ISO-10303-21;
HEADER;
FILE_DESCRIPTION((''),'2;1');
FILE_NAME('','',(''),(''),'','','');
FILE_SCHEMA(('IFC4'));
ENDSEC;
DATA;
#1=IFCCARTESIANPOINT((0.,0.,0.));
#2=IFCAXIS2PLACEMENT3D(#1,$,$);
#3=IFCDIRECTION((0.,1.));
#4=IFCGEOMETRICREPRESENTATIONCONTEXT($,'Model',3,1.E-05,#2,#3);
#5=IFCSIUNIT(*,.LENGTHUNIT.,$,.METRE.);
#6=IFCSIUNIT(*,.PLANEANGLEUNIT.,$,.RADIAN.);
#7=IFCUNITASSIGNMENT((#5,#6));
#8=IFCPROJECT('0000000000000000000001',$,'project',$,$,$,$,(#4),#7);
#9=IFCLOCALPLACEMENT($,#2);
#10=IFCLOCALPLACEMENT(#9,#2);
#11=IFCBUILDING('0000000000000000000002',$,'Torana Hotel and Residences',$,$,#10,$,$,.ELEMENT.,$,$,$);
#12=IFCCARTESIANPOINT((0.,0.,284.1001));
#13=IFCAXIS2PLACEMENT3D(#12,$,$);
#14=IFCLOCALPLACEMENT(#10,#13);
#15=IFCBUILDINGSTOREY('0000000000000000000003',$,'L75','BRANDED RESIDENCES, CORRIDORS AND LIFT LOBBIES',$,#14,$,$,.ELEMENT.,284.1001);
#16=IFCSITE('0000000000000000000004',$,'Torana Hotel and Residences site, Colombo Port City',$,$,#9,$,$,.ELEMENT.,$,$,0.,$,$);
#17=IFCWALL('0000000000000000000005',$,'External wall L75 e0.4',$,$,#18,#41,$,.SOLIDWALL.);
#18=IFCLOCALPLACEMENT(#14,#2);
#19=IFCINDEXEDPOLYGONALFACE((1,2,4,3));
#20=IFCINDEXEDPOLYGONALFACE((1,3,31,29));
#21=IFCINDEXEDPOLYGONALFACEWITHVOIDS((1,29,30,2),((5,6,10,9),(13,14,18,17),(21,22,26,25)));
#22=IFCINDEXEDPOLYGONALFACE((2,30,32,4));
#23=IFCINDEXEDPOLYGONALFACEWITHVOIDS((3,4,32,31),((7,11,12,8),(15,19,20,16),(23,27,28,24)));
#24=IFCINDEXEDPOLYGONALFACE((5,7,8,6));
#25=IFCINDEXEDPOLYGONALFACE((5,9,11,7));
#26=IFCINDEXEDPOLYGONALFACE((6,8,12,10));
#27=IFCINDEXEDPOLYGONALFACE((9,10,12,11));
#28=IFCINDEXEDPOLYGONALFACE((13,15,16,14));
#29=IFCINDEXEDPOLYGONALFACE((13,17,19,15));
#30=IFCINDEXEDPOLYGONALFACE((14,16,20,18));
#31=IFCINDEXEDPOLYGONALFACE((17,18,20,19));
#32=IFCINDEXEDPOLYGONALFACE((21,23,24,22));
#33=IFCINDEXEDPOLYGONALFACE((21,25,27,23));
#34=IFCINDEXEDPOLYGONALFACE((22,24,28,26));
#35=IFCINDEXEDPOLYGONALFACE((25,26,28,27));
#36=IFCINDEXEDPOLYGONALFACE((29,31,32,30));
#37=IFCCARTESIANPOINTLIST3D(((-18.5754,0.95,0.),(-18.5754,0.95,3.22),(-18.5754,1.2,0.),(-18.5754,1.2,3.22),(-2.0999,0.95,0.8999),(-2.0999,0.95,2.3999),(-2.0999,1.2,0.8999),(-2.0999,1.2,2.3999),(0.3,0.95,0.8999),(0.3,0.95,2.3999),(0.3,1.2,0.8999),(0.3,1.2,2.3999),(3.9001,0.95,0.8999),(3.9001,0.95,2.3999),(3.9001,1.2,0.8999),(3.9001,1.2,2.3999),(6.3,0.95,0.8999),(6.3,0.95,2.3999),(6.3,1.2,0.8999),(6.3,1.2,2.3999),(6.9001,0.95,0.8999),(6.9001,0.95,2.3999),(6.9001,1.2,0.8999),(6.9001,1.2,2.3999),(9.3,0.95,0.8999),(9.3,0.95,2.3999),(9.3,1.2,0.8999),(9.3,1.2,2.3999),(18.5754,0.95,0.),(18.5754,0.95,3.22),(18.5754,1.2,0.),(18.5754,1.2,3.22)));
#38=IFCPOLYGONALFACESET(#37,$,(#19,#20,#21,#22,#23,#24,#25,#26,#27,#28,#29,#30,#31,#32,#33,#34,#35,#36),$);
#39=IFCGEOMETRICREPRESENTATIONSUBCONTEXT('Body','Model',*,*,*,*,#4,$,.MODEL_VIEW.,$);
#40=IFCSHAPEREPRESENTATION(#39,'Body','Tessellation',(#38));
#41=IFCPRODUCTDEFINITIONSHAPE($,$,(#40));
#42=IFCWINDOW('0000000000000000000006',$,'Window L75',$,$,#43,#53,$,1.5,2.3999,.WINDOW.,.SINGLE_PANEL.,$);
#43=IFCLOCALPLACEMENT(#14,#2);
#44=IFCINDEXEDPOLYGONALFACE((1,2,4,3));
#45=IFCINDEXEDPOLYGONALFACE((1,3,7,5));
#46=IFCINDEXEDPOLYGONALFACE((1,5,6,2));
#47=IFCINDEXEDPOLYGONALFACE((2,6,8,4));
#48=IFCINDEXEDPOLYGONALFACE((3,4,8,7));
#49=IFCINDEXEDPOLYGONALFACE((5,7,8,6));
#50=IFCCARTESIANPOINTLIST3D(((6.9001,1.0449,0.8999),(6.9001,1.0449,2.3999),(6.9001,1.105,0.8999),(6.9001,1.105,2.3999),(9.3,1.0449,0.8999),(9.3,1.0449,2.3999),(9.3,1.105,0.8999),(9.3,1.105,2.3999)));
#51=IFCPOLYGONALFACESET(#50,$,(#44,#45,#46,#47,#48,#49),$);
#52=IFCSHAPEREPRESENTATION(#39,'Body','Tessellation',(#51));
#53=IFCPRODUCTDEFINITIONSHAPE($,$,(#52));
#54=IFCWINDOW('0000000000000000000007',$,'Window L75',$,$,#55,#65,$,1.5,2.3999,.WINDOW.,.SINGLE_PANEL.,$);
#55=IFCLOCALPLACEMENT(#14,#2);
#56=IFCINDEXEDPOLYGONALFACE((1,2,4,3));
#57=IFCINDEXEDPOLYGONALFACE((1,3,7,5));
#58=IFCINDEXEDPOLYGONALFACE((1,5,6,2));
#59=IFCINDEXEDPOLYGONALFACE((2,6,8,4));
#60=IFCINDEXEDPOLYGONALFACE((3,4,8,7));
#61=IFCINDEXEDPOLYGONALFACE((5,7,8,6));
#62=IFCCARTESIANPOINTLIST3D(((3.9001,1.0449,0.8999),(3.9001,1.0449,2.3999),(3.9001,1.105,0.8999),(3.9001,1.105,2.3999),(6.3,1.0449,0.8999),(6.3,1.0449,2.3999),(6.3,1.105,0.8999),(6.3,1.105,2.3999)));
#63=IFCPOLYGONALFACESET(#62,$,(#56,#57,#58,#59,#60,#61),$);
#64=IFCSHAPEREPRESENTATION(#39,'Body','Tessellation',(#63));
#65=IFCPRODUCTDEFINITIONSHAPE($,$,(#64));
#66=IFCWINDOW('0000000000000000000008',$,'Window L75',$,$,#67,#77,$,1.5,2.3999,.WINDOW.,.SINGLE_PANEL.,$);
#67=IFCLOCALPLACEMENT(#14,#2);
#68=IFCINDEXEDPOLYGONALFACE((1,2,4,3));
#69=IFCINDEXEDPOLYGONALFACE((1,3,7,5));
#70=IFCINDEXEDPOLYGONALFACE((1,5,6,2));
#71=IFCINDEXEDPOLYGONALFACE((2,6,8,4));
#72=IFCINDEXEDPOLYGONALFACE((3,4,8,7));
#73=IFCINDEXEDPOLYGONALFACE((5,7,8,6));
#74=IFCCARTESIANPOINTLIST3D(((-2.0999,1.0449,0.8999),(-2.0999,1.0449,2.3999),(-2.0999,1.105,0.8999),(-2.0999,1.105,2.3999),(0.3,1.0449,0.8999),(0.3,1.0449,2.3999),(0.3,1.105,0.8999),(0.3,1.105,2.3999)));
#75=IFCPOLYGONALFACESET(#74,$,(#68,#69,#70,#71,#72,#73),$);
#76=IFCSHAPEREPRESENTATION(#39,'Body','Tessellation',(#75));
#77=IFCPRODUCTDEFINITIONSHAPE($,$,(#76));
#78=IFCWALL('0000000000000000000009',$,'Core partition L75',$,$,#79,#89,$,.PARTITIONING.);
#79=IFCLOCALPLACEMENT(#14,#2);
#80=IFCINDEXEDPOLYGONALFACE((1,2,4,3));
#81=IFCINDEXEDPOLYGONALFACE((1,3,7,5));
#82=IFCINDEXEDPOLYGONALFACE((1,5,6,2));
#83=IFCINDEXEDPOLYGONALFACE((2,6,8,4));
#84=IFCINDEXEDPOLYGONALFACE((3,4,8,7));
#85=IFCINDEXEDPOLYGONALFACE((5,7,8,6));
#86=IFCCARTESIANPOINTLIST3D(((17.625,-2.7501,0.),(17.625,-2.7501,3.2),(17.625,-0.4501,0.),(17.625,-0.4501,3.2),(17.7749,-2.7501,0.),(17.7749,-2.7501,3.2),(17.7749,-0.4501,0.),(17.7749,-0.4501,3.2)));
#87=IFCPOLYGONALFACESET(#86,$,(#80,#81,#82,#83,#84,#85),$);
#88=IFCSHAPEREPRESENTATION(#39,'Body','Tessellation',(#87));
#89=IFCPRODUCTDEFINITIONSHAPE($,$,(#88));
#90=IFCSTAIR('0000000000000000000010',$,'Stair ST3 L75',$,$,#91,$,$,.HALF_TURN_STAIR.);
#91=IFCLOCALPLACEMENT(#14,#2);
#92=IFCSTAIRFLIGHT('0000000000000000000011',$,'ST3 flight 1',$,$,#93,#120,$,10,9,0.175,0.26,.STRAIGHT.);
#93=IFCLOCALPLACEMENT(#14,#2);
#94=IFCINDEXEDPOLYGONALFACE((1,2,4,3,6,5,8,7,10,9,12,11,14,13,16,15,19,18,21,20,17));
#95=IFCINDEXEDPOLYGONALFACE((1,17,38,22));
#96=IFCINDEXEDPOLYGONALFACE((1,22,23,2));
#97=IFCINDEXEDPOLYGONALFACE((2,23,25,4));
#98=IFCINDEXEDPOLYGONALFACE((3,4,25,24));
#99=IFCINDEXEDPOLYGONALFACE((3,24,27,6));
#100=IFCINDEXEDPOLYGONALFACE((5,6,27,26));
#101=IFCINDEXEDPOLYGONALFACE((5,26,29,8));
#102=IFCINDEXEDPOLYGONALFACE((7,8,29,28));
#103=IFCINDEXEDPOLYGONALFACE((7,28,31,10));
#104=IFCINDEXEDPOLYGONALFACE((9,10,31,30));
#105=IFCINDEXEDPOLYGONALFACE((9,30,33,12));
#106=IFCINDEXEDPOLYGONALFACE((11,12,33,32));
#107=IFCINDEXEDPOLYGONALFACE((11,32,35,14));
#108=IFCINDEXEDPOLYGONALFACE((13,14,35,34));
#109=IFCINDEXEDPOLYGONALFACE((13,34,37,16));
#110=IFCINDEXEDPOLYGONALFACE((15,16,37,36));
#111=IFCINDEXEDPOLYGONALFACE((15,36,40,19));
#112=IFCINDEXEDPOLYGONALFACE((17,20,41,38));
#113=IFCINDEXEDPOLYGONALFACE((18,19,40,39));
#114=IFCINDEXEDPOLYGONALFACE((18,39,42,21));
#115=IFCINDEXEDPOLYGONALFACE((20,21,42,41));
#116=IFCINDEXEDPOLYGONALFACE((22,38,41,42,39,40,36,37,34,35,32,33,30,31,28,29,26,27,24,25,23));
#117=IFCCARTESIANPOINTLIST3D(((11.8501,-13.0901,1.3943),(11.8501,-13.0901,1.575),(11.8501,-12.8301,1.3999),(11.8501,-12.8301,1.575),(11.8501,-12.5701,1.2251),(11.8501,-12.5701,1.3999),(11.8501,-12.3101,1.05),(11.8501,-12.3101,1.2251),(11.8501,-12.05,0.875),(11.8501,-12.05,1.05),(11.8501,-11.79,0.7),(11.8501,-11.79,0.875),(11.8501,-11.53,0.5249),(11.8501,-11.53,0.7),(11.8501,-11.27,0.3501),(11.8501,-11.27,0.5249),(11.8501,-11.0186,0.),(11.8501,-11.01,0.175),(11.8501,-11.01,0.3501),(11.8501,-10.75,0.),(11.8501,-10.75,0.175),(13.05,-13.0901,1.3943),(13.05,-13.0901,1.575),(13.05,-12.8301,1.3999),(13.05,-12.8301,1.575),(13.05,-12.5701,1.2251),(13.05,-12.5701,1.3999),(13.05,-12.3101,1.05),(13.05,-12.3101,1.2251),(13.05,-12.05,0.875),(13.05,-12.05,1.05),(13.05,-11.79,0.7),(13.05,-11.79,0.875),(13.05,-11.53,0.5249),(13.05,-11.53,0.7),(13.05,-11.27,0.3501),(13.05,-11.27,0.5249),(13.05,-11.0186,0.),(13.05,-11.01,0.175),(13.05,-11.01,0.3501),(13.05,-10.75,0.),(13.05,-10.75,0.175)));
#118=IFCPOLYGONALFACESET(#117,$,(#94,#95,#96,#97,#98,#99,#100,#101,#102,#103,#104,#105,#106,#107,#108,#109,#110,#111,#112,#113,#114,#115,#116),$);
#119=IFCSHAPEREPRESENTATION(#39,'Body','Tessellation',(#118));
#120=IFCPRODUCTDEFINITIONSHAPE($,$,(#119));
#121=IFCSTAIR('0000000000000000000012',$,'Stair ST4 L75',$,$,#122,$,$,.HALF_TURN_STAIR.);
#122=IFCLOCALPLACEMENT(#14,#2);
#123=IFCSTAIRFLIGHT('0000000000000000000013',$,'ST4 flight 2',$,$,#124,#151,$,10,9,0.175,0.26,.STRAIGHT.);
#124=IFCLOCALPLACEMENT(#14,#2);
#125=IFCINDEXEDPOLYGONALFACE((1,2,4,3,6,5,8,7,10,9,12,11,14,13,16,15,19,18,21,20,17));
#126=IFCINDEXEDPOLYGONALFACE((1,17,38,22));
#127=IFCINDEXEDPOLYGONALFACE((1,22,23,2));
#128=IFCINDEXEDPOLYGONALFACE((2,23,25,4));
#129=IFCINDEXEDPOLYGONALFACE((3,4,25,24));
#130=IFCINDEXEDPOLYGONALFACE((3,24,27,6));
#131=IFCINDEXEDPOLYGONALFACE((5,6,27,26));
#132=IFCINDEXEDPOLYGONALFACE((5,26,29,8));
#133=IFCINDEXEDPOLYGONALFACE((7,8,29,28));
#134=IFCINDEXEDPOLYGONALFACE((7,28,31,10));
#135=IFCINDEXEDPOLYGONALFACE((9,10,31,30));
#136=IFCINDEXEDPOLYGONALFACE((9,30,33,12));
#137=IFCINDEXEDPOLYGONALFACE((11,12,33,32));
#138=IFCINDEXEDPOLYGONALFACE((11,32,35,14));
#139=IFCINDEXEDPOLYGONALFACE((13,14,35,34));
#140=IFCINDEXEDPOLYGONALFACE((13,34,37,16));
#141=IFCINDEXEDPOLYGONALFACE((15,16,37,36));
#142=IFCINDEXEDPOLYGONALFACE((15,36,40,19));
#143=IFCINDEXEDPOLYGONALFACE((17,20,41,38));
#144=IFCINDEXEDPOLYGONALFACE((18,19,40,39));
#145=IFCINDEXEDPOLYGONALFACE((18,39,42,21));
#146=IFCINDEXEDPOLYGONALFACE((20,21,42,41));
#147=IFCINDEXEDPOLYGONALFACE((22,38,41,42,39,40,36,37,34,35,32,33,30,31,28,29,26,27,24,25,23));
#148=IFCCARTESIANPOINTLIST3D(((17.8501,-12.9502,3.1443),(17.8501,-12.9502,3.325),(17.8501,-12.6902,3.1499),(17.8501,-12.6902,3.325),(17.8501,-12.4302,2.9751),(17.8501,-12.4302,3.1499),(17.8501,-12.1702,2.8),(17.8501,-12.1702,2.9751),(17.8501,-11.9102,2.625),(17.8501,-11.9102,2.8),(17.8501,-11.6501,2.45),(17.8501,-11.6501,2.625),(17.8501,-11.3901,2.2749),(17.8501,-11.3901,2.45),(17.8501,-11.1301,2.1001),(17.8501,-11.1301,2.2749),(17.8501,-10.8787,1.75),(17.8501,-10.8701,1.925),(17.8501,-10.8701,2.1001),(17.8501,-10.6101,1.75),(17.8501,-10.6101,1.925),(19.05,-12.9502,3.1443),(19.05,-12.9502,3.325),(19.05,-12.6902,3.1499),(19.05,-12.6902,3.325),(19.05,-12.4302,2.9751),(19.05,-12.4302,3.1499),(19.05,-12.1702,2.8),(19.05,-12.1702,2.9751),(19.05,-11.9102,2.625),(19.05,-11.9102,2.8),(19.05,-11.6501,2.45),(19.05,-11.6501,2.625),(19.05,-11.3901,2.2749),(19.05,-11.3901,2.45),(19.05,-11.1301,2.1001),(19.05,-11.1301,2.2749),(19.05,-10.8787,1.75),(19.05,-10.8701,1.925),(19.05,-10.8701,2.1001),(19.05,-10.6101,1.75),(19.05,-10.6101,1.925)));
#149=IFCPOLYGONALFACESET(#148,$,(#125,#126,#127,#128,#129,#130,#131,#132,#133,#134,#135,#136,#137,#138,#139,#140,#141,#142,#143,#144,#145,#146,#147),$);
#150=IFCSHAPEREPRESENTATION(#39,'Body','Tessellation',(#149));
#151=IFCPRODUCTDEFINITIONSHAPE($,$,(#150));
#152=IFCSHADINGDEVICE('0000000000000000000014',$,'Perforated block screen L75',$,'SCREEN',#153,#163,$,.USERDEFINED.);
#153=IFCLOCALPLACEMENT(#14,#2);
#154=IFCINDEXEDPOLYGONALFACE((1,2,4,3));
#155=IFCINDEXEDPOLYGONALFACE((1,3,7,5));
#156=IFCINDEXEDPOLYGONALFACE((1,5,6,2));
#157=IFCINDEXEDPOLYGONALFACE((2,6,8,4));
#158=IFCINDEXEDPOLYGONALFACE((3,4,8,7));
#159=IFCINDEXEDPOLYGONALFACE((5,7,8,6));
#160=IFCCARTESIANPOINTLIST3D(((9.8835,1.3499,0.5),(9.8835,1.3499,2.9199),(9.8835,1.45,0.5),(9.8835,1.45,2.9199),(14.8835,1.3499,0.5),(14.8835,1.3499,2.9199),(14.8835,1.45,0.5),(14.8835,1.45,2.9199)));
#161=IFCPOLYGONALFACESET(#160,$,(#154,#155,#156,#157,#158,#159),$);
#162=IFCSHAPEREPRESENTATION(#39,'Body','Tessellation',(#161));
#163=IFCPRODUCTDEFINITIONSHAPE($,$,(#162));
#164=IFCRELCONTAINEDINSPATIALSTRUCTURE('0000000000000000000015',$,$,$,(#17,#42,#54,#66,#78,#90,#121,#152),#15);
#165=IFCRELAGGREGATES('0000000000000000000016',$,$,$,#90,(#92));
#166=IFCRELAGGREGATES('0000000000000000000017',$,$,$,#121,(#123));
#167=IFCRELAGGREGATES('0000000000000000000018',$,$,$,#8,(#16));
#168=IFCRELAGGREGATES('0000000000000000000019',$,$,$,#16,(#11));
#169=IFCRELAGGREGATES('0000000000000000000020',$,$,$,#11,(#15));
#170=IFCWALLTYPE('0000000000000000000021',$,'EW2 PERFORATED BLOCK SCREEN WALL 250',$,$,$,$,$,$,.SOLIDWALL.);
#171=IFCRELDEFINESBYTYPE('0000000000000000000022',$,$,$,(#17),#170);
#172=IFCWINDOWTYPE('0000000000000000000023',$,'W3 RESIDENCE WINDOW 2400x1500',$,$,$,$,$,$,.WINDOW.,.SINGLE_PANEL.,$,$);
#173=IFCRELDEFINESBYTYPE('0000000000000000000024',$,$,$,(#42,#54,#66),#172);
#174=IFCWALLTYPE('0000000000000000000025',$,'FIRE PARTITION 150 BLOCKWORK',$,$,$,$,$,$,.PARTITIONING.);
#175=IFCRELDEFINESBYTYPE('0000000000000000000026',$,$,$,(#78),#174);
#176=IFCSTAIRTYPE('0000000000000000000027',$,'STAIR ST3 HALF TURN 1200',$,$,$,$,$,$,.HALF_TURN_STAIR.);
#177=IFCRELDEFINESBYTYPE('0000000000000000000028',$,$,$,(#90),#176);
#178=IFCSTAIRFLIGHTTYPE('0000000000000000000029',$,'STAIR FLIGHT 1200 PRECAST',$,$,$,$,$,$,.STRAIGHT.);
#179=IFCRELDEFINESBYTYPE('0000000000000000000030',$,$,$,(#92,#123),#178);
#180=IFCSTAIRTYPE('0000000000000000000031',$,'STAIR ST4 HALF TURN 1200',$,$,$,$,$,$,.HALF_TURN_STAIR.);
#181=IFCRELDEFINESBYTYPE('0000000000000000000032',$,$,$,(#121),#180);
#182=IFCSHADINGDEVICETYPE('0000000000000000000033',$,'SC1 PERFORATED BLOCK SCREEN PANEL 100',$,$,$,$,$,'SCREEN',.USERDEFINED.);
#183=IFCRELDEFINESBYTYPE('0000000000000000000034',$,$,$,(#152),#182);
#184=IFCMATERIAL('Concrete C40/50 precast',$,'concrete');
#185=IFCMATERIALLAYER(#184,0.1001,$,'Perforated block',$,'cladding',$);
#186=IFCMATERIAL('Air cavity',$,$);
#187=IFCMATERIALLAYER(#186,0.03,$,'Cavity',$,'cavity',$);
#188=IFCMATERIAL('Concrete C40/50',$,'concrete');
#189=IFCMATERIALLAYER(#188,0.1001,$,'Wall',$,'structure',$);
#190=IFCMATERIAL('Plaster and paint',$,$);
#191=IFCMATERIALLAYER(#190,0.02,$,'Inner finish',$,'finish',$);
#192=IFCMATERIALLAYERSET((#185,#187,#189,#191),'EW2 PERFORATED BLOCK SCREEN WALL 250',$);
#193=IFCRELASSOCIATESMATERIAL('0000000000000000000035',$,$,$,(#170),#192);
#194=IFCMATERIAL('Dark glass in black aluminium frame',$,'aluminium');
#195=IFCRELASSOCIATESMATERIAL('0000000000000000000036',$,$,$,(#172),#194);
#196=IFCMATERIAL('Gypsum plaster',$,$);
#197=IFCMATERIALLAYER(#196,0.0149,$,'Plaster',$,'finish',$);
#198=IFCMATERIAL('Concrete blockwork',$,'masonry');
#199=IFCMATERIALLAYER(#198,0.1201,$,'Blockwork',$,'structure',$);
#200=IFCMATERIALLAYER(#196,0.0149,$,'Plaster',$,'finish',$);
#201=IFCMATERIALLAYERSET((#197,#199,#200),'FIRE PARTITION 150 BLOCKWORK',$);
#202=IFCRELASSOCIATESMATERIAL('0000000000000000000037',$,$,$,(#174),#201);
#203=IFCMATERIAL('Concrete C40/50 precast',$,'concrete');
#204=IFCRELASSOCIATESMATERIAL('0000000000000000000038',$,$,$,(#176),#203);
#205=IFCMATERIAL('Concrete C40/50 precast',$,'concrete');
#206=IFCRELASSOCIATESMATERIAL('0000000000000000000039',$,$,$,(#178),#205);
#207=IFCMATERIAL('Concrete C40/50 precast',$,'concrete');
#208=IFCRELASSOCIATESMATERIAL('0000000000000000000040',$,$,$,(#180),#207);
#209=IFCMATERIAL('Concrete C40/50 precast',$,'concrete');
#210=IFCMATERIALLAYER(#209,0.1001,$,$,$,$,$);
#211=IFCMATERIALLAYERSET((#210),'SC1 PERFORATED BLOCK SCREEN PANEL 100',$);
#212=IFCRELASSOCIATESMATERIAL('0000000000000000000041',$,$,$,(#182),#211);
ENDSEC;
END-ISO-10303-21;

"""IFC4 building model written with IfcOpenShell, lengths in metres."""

from ifc_helpers import new_model, si_unit, direction, frame, frame_2d, origin, origin_2d, place, context, subcontext, project, spatial, polyline, rectangle, outline, extrude, material, layer, layer_set, type_object, element, fill, aggregate, save


model = new_model("IFC4")

# Units and contexts
model_context = context("Model", 3, precision=1e-05, world=origin(), true_north=direction((0.0, 1.0)))
body_context = subcontext(model_context, "Body", "Model", "MODEL_VIEW")
ifc_project = project(units=[si_unit("LENGTHUNIT", "METRE"), si_unit("PLANEANGLEUNIT", "RADIAN")], contexts=[model_context])

# Site, building, storey
site_placement = place(None, origin())
site = spatial("IfcSite", under=ifc_project, at=site_placement, Name="Torana Hotel and Residences site, Colombo Port City", CompositionType="ELEMENT", RefElevation=0.0)
building_placement = place(site_placement, origin())
building = spatial("IfcBuilding", under=site, at=building_placement, Name="Torana Hotel and Residences", CompositionType="ELEMENT")
storey_placement = place(building_placement, frame((0.0, 0.0, 284.1001)))
storey = spatial("IfcBuildingStorey", under=building, at=storey_placement, Name="L75", Description="BRANDED RESIDENCES, CORRIDORS AND LIFT LOBBIES", CompositionType="ELEMENT", Elevation=284.1001)

# Wall, openings, windows
ifc_material_1 = material(Name="Concrete C40/50 precast", Category="concrete")
ifc_layer_1 = layer(ifc_material_1, 0.1001, Name="Perforated block", Category="cladding")
ifc_material_2 = material(Name="Air cavity")
ifc_layer_2 = layer(ifc_material_2, 0.03, Name="Cavity", Category="cavity")
ifc_material_3 = material(Name="Concrete C40/50", Category="concrete")
ifc_layer_3 = layer(ifc_material_3, 0.1001, Name="Wall", Category="structure")
ifc_material_4 = material(Name="Plaster and paint")
ifc_layer_4 = layer(ifc_material_4, 0.02, Name="Inner finish", Category="finish")
ifc_layer_set_1 = layer_set([ifc_layer_1, ifc_layer_2, ifc_layer_3, ifc_layer_4], Name="EW2 PERFORATED BLOCK SCREEN WALL 250")
wall_type_1 = type_object("IfcWallType", Name="EW2 PERFORATED BLOCK SCREEN WALL 250", PredefinedType="SOLIDWALL", material=ifc_layer_set_1)
wall_1_placement = place(storey_placement, frame((18.5754, 1.075, 0.0), z_axis=(0.0, 0.0, 1.0), x_axis=(-1.0, 0.0, 0.0)))
wall_1 = element("IfcWall", 1, at=wall_1_placement, inside=storey, type_object=wall_type_1, Name="External wall L75 e0.4", PredefinedType="SOLIDWALL", context=body_context, shape_type="SweptSolid", body=[
    extrude(rectangle(XDim=37.1509, YDim=0.25, at=frame_2d((18.5754, 0.0))), origin(), (0.0, 0.0, 1.0), 3.22),
])
opening_1_placement = place(wall_1_placement, frame((9.2754, 0.0, 0.8999)))
opening_1 = element("IfcOpeningElement", 2, at=opening_1_placement, cuts=wall_1, PredefinedType="OPENING", context=body_context, shape_type="SweptSolid", body=[
    extrude(rectangle(XDim=2.3999, YDim=1.5, at=frame_2d((1.2, 0.75))), frame((0.0, 0.135, 0.0), z_axis=(0.0, -1.0, 0.0), x_axis=(1.0, 0.0, 0.0)), (0.0, 0.0, 1.0), 0.27),
])
opening_2_placement = place(wall_1_placement, frame((12.2754, 0.0, 0.8999)))
opening_2 = element("IfcOpeningElement", 3, at=opening_2_placement, cuts=wall_1, PredefinedType="OPENING", context=body_context, shape_type="SweptSolid", body=[
    extrude(rectangle(XDim=2.3999, YDim=1.5, at=frame_2d((1.2, 0.75))), frame((0.0, 0.135, 0.0), z_axis=(0.0, -1.0, 0.0), x_axis=(1.0, 0.0, 0.0)), (0.0, 0.0, 1.0), 0.27),
])
opening_3_placement = place(wall_1_placement, frame((18.2754, 0.0, 0.8999)))
opening_3 = element("IfcOpeningElement", 4, at=opening_3_placement, cuts=wall_1, PredefinedType="OPENING", context=body_context, shape_type="SweptSolid", body=[
    extrude(rectangle(XDim=2.3999, YDim=1.5, at=frame_2d((1.2, 0.75))), frame((0.0, 0.135, 0.0), z_axis=(0.0, -1.0, 0.0), x_axis=(1.0, 0.0, 0.0)), (0.0, 0.0, 1.0), 0.27),
])
ifc_material_5 = material(Name="Dark glass in black aluminium frame", Category="aluminium")
window_type = type_object("IfcWindowType", Name="W3 RESIDENCE WINDOW 2400x1500", PartitioningType="SINGLE_PANEL", PredefinedType="WINDOW", material=ifc_material_5)
window_1_placement = place(opening_1_placement, origin())
window_1 = element("IfcWindow", 5, at=window_1_placement, inside=storey, type_object=window_type, Name="Window L75", OverallHeight=1.5, OverallWidth=2.3999, PartitioningType="SINGLE_PANEL", PredefinedType="WINDOW", context=body_context, shape_type="SweptSolid", body=[
    extrude(rectangle(XDim=2.3999, YDim=1.5, at=frame_2d((1.2, 0.75))), frame((0.0, 0.03, 0.0), z_axis=(0.0, -1.0, 0.0), x_axis=(1.0, 0.0, 0.0)), (0.0, 0.0, 1.0), 0.0601),
])
fill(opening_1, window_1)
window_2_placement = place(opening_2_placement, origin())
window_2 = element("IfcWindow", 6, at=window_2_placement, inside=storey, type_object=window_type, Name="Window L75", OverallHeight=1.5, OverallWidth=2.3999, PartitioningType="SINGLE_PANEL", PredefinedType="WINDOW", context=body_context, shape_type="SweptSolid", body=[
    extrude(rectangle(XDim=2.3999, YDim=1.5, at=frame_2d((1.2, 0.75))), frame((0.0, 0.03, 0.0), z_axis=(0.0, -1.0, 0.0), x_axis=(1.0, 0.0, 0.0)), (0.0, 0.0, 1.0), 0.0601),
])
fill(opening_2, window_2)
window_3_placement = place(opening_3_placement, origin())
window_3 = element("IfcWindow", 7, at=window_3_placement, inside=storey, type_object=window_type, Name="Window L75", OverallHeight=1.5, OverallWidth=2.3999, PartitioningType="SINGLE_PANEL", PredefinedType="WINDOW", context=body_context, shape_type="SweptSolid", body=[
    extrude(rectangle(XDim=2.3999, YDim=1.5, at=frame_2d((1.2, 0.75))), frame((0.0, 0.03, 0.0), z_axis=(0.0, -1.0, 0.0), x_axis=(1.0, 0.0, 0.0)), (0.0, 0.0, 1.0), 0.0601),
])
fill(opening_3, window_3)

# Wall
ifc_material_6 = material(Name="Gypsum plaster")
ifc_layer_5 = layer(ifc_material_6, 0.0149, Name="Plaster", Category="finish")
ifc_material_7 = material(Name="Concrete blockwork", Category="masonry")
ifc_layer_6 = layer(ifc_material_7, 0.1201, Name="Blockwork", Category="structure")
ifc_layer_7 = layer(ifc_material_6, 0.0149, Name="Plaster", Category="finish")
ifc_layer_set_2 = layer_set([ifc_layer_5, ifc_layer_6, ifc_layer_7], Name="FIRE PARTITION 150 BLOCKWORK")
wall_type_2 = type_object("IfcWallType", Name="FIRE PARTITION 150 BLOCKWORK", PredefinedType="PARTITIONING", material=ifc_layer_set_2)
wall_2_placement = place(storey_placement, frame((17.7, -2.75, 0.0), z_axis=(0.0, 0.0, 1.0), x_axis=(0.0, 1.0, 0.0)))
element("IfcWall", 8, at=wall_2_placement, inside=storey, type_object=wall_type_2, Name="Core partition L75", PredefinedType="PARTITIONING", context=body_context, shape_type="SweptSolid", body=[
    extrude(rectangle(XDim=2.3, YDim=0.1499, at=frame_2d((1.1499, 0.0))), origin(), (0.0, 0.0, 1.0), 3.2),
])

# Stairs, stair flights
ifc_material_8 = material(Name="Concrete C40/50 precast", Category="concrete")
stair_type_1 = type_object("IfcStairType", Name="STAIR ST3 HALF TURN 1200", PredefinedType="HALF_TURN_STAIR", material=ifc_material_8)
stair_1_placement = place(storey_placement, origin())
stair_1 = element("IfcStair", 9, at=stair_1_placement, inside=storey, type_object=stair_type_1, Name="Stair ST3 L75", PredefinedType="HALF_TURN_STAIR")
ifc_material_9 = material(Name="Concrete C40/50 precast", Category="concrete")
stair_flight_type = type_object("IfcStairFlightType", Name="STAIR FLIGHT 1200 PRECAST", PredefinedType="STRAIGHT", material=ifc_material_9)
stair_flight_1_placement = place(storey_placement, frame((12.45, -10.75, 0.0), z_axis=(0.0, 0.0, 1.0), x_axis=(0.0, -1.0, 0.0)))
stair_flight_1 = element("IfcStairFlight", 10, at=stair_flight_1_placement, type_object=stair_flight_type, Name="ST3 flight 1", NumberOfRisers=10, NumberOfTreads=9, PredefinedType="STRAIGHT", RiserHeight=0.175, TreadLength=0.26, context=body_context, shape_type="SweptSolid", body=[
    extrude(outline(polyline([(0.0, 0.0), (0.0, 0.175), (0.26, 0.175), (0.26, 0.3501), (0.52, 0.3501), (0.52, 0.5249), (0.78, 0.5249), (0.78, 0.7), (1.04, 0.7), (1.04, 0.875), (1.3, 0.875), (1.3, 1.05), (1.5601, 1.05), (1.5601, 1.2251), (1.8201, 1.2251), (1.8201, 1.3999), (2.0801, 1.3999), (2.0801, 1.575), (2.3401, 1.575), (2.3401, 1.75), (2.3401, 1.3943), (0.2686, 0.0), (0.0, 0.0)])), frame((0.0, 0.6001, 0.0), z_axis=(0.0, -1.0, 0.0), x_axis=(1.0, 0.0, 0.0)), (0.0, 0.0, 1.0), 1.2),
])
aggregate(stair_1, [stair_flight_1])
ifc_material_10 = material(Name="Concrete C40/50 precast", Category="concrete")
stair_type_2 = type_object("IfcStairType", Name="STAIR ST4 HALF TURN 1200", PredefinedType="HALF_TURN_STAIR", material=ifc_material_10)
stair_2_placement = place(storey_placement, origin())
stair_2 = element("IfcStair", 11, at=stair_2_placement, inside=storey, type_object=stair_type_2, Name="Stair ST4 L75", PredefinedType="HALF_TURN_STAIR")
stair_flight_2_placement = place(storey_placement, frame((18.45, -10.6101, 1.75), z_axis=(0.0, 0.0, 1.0), x_axis=(0.0, -1.0, 0.0)))
stair_flight_2 = element("IfcStairFlight", 12, at=stair_flight_2_placement, type_object=stair_flight_type, Name="ST4 flight 2", NumberOfRisers=10, NumberOfTreads=9, PredefinedType="STRAIGHT", RiserHeight=0.175, TreadLength=0.26, context=body_context, shape_type="SweptSolid", body=[
    extrude(outline(polyline([(0.0, 0.0), (0.0, 0.175), (0.26, 0.175), (0.26, 0.3501), (0.52, 0.3501), (0.52, 0.5249), (0.78, 0.5249), (0.78, 0.7), (1.04, 0.7), (1.04, 0.875), (1.3, 0.875), (1.3, 1.05), (1.5601, 1.05), (1.5601, 1.2251), (1.8201, 1.2251), (1.8201, 1.3999), (2.0801, 1.3999), (2.0801, 1.575), (2.3401, 1.575), (2.3401, 1.75), (2.3401, 1.3943), (0.2686, 0.0), (0.0, 0.0)])), frame((0.0, 0.6001, 0.0), z_axis=(0.0, -1.0, 0.0), x_axis=(1.0, 0.0, 0.0)), (0.0, 0.0, 1.0), 1.2),
])
aggregate(stair_2, [stair_flight_2])

# Shading device
ifc_material_11 = material(Name="Concrete C40/50 precast", Category="concrete")
ifc_layer_8 = layer(ifc_material_11, 0.1001)
ifc_layer_set_3 = layer_set([ifc_layer_8], Name="SC1 PERFORATED BLOCK SCREEN PANEL 100")
shading_device_type = type_object("IfcShadingDeviceType", Name="SC1 PERFORATED BLOCK SCREEN PANEL 100", ElementType="SCREEN", PredefinedType="USERDEFINED", material=ifc_layer_set_3)
shading_device_placement = place(storey_placement, frame((12.3835, 1.3999, 0.5), z_axis=(0.0, 0.0, 1.0), x_axis=(-1.0, 0.0, 0.0)))
element("IfcShadingDevice", 13, at=shading_device_placement, inside=storey, type_object=shading_device_type, Name="Perforated block screen L75", ObjectType="SCREEN", PredefinedType="USERDEFINED", context=body_context, shape_type="SweptSolid", body=[
    extrude(rectangle(XDim=5.0, YDim=0.1001, at=origin_2d()), origin(), (0.0, 0.0, 1.0), 2.4199),
])

save(model, "model.ifc")
